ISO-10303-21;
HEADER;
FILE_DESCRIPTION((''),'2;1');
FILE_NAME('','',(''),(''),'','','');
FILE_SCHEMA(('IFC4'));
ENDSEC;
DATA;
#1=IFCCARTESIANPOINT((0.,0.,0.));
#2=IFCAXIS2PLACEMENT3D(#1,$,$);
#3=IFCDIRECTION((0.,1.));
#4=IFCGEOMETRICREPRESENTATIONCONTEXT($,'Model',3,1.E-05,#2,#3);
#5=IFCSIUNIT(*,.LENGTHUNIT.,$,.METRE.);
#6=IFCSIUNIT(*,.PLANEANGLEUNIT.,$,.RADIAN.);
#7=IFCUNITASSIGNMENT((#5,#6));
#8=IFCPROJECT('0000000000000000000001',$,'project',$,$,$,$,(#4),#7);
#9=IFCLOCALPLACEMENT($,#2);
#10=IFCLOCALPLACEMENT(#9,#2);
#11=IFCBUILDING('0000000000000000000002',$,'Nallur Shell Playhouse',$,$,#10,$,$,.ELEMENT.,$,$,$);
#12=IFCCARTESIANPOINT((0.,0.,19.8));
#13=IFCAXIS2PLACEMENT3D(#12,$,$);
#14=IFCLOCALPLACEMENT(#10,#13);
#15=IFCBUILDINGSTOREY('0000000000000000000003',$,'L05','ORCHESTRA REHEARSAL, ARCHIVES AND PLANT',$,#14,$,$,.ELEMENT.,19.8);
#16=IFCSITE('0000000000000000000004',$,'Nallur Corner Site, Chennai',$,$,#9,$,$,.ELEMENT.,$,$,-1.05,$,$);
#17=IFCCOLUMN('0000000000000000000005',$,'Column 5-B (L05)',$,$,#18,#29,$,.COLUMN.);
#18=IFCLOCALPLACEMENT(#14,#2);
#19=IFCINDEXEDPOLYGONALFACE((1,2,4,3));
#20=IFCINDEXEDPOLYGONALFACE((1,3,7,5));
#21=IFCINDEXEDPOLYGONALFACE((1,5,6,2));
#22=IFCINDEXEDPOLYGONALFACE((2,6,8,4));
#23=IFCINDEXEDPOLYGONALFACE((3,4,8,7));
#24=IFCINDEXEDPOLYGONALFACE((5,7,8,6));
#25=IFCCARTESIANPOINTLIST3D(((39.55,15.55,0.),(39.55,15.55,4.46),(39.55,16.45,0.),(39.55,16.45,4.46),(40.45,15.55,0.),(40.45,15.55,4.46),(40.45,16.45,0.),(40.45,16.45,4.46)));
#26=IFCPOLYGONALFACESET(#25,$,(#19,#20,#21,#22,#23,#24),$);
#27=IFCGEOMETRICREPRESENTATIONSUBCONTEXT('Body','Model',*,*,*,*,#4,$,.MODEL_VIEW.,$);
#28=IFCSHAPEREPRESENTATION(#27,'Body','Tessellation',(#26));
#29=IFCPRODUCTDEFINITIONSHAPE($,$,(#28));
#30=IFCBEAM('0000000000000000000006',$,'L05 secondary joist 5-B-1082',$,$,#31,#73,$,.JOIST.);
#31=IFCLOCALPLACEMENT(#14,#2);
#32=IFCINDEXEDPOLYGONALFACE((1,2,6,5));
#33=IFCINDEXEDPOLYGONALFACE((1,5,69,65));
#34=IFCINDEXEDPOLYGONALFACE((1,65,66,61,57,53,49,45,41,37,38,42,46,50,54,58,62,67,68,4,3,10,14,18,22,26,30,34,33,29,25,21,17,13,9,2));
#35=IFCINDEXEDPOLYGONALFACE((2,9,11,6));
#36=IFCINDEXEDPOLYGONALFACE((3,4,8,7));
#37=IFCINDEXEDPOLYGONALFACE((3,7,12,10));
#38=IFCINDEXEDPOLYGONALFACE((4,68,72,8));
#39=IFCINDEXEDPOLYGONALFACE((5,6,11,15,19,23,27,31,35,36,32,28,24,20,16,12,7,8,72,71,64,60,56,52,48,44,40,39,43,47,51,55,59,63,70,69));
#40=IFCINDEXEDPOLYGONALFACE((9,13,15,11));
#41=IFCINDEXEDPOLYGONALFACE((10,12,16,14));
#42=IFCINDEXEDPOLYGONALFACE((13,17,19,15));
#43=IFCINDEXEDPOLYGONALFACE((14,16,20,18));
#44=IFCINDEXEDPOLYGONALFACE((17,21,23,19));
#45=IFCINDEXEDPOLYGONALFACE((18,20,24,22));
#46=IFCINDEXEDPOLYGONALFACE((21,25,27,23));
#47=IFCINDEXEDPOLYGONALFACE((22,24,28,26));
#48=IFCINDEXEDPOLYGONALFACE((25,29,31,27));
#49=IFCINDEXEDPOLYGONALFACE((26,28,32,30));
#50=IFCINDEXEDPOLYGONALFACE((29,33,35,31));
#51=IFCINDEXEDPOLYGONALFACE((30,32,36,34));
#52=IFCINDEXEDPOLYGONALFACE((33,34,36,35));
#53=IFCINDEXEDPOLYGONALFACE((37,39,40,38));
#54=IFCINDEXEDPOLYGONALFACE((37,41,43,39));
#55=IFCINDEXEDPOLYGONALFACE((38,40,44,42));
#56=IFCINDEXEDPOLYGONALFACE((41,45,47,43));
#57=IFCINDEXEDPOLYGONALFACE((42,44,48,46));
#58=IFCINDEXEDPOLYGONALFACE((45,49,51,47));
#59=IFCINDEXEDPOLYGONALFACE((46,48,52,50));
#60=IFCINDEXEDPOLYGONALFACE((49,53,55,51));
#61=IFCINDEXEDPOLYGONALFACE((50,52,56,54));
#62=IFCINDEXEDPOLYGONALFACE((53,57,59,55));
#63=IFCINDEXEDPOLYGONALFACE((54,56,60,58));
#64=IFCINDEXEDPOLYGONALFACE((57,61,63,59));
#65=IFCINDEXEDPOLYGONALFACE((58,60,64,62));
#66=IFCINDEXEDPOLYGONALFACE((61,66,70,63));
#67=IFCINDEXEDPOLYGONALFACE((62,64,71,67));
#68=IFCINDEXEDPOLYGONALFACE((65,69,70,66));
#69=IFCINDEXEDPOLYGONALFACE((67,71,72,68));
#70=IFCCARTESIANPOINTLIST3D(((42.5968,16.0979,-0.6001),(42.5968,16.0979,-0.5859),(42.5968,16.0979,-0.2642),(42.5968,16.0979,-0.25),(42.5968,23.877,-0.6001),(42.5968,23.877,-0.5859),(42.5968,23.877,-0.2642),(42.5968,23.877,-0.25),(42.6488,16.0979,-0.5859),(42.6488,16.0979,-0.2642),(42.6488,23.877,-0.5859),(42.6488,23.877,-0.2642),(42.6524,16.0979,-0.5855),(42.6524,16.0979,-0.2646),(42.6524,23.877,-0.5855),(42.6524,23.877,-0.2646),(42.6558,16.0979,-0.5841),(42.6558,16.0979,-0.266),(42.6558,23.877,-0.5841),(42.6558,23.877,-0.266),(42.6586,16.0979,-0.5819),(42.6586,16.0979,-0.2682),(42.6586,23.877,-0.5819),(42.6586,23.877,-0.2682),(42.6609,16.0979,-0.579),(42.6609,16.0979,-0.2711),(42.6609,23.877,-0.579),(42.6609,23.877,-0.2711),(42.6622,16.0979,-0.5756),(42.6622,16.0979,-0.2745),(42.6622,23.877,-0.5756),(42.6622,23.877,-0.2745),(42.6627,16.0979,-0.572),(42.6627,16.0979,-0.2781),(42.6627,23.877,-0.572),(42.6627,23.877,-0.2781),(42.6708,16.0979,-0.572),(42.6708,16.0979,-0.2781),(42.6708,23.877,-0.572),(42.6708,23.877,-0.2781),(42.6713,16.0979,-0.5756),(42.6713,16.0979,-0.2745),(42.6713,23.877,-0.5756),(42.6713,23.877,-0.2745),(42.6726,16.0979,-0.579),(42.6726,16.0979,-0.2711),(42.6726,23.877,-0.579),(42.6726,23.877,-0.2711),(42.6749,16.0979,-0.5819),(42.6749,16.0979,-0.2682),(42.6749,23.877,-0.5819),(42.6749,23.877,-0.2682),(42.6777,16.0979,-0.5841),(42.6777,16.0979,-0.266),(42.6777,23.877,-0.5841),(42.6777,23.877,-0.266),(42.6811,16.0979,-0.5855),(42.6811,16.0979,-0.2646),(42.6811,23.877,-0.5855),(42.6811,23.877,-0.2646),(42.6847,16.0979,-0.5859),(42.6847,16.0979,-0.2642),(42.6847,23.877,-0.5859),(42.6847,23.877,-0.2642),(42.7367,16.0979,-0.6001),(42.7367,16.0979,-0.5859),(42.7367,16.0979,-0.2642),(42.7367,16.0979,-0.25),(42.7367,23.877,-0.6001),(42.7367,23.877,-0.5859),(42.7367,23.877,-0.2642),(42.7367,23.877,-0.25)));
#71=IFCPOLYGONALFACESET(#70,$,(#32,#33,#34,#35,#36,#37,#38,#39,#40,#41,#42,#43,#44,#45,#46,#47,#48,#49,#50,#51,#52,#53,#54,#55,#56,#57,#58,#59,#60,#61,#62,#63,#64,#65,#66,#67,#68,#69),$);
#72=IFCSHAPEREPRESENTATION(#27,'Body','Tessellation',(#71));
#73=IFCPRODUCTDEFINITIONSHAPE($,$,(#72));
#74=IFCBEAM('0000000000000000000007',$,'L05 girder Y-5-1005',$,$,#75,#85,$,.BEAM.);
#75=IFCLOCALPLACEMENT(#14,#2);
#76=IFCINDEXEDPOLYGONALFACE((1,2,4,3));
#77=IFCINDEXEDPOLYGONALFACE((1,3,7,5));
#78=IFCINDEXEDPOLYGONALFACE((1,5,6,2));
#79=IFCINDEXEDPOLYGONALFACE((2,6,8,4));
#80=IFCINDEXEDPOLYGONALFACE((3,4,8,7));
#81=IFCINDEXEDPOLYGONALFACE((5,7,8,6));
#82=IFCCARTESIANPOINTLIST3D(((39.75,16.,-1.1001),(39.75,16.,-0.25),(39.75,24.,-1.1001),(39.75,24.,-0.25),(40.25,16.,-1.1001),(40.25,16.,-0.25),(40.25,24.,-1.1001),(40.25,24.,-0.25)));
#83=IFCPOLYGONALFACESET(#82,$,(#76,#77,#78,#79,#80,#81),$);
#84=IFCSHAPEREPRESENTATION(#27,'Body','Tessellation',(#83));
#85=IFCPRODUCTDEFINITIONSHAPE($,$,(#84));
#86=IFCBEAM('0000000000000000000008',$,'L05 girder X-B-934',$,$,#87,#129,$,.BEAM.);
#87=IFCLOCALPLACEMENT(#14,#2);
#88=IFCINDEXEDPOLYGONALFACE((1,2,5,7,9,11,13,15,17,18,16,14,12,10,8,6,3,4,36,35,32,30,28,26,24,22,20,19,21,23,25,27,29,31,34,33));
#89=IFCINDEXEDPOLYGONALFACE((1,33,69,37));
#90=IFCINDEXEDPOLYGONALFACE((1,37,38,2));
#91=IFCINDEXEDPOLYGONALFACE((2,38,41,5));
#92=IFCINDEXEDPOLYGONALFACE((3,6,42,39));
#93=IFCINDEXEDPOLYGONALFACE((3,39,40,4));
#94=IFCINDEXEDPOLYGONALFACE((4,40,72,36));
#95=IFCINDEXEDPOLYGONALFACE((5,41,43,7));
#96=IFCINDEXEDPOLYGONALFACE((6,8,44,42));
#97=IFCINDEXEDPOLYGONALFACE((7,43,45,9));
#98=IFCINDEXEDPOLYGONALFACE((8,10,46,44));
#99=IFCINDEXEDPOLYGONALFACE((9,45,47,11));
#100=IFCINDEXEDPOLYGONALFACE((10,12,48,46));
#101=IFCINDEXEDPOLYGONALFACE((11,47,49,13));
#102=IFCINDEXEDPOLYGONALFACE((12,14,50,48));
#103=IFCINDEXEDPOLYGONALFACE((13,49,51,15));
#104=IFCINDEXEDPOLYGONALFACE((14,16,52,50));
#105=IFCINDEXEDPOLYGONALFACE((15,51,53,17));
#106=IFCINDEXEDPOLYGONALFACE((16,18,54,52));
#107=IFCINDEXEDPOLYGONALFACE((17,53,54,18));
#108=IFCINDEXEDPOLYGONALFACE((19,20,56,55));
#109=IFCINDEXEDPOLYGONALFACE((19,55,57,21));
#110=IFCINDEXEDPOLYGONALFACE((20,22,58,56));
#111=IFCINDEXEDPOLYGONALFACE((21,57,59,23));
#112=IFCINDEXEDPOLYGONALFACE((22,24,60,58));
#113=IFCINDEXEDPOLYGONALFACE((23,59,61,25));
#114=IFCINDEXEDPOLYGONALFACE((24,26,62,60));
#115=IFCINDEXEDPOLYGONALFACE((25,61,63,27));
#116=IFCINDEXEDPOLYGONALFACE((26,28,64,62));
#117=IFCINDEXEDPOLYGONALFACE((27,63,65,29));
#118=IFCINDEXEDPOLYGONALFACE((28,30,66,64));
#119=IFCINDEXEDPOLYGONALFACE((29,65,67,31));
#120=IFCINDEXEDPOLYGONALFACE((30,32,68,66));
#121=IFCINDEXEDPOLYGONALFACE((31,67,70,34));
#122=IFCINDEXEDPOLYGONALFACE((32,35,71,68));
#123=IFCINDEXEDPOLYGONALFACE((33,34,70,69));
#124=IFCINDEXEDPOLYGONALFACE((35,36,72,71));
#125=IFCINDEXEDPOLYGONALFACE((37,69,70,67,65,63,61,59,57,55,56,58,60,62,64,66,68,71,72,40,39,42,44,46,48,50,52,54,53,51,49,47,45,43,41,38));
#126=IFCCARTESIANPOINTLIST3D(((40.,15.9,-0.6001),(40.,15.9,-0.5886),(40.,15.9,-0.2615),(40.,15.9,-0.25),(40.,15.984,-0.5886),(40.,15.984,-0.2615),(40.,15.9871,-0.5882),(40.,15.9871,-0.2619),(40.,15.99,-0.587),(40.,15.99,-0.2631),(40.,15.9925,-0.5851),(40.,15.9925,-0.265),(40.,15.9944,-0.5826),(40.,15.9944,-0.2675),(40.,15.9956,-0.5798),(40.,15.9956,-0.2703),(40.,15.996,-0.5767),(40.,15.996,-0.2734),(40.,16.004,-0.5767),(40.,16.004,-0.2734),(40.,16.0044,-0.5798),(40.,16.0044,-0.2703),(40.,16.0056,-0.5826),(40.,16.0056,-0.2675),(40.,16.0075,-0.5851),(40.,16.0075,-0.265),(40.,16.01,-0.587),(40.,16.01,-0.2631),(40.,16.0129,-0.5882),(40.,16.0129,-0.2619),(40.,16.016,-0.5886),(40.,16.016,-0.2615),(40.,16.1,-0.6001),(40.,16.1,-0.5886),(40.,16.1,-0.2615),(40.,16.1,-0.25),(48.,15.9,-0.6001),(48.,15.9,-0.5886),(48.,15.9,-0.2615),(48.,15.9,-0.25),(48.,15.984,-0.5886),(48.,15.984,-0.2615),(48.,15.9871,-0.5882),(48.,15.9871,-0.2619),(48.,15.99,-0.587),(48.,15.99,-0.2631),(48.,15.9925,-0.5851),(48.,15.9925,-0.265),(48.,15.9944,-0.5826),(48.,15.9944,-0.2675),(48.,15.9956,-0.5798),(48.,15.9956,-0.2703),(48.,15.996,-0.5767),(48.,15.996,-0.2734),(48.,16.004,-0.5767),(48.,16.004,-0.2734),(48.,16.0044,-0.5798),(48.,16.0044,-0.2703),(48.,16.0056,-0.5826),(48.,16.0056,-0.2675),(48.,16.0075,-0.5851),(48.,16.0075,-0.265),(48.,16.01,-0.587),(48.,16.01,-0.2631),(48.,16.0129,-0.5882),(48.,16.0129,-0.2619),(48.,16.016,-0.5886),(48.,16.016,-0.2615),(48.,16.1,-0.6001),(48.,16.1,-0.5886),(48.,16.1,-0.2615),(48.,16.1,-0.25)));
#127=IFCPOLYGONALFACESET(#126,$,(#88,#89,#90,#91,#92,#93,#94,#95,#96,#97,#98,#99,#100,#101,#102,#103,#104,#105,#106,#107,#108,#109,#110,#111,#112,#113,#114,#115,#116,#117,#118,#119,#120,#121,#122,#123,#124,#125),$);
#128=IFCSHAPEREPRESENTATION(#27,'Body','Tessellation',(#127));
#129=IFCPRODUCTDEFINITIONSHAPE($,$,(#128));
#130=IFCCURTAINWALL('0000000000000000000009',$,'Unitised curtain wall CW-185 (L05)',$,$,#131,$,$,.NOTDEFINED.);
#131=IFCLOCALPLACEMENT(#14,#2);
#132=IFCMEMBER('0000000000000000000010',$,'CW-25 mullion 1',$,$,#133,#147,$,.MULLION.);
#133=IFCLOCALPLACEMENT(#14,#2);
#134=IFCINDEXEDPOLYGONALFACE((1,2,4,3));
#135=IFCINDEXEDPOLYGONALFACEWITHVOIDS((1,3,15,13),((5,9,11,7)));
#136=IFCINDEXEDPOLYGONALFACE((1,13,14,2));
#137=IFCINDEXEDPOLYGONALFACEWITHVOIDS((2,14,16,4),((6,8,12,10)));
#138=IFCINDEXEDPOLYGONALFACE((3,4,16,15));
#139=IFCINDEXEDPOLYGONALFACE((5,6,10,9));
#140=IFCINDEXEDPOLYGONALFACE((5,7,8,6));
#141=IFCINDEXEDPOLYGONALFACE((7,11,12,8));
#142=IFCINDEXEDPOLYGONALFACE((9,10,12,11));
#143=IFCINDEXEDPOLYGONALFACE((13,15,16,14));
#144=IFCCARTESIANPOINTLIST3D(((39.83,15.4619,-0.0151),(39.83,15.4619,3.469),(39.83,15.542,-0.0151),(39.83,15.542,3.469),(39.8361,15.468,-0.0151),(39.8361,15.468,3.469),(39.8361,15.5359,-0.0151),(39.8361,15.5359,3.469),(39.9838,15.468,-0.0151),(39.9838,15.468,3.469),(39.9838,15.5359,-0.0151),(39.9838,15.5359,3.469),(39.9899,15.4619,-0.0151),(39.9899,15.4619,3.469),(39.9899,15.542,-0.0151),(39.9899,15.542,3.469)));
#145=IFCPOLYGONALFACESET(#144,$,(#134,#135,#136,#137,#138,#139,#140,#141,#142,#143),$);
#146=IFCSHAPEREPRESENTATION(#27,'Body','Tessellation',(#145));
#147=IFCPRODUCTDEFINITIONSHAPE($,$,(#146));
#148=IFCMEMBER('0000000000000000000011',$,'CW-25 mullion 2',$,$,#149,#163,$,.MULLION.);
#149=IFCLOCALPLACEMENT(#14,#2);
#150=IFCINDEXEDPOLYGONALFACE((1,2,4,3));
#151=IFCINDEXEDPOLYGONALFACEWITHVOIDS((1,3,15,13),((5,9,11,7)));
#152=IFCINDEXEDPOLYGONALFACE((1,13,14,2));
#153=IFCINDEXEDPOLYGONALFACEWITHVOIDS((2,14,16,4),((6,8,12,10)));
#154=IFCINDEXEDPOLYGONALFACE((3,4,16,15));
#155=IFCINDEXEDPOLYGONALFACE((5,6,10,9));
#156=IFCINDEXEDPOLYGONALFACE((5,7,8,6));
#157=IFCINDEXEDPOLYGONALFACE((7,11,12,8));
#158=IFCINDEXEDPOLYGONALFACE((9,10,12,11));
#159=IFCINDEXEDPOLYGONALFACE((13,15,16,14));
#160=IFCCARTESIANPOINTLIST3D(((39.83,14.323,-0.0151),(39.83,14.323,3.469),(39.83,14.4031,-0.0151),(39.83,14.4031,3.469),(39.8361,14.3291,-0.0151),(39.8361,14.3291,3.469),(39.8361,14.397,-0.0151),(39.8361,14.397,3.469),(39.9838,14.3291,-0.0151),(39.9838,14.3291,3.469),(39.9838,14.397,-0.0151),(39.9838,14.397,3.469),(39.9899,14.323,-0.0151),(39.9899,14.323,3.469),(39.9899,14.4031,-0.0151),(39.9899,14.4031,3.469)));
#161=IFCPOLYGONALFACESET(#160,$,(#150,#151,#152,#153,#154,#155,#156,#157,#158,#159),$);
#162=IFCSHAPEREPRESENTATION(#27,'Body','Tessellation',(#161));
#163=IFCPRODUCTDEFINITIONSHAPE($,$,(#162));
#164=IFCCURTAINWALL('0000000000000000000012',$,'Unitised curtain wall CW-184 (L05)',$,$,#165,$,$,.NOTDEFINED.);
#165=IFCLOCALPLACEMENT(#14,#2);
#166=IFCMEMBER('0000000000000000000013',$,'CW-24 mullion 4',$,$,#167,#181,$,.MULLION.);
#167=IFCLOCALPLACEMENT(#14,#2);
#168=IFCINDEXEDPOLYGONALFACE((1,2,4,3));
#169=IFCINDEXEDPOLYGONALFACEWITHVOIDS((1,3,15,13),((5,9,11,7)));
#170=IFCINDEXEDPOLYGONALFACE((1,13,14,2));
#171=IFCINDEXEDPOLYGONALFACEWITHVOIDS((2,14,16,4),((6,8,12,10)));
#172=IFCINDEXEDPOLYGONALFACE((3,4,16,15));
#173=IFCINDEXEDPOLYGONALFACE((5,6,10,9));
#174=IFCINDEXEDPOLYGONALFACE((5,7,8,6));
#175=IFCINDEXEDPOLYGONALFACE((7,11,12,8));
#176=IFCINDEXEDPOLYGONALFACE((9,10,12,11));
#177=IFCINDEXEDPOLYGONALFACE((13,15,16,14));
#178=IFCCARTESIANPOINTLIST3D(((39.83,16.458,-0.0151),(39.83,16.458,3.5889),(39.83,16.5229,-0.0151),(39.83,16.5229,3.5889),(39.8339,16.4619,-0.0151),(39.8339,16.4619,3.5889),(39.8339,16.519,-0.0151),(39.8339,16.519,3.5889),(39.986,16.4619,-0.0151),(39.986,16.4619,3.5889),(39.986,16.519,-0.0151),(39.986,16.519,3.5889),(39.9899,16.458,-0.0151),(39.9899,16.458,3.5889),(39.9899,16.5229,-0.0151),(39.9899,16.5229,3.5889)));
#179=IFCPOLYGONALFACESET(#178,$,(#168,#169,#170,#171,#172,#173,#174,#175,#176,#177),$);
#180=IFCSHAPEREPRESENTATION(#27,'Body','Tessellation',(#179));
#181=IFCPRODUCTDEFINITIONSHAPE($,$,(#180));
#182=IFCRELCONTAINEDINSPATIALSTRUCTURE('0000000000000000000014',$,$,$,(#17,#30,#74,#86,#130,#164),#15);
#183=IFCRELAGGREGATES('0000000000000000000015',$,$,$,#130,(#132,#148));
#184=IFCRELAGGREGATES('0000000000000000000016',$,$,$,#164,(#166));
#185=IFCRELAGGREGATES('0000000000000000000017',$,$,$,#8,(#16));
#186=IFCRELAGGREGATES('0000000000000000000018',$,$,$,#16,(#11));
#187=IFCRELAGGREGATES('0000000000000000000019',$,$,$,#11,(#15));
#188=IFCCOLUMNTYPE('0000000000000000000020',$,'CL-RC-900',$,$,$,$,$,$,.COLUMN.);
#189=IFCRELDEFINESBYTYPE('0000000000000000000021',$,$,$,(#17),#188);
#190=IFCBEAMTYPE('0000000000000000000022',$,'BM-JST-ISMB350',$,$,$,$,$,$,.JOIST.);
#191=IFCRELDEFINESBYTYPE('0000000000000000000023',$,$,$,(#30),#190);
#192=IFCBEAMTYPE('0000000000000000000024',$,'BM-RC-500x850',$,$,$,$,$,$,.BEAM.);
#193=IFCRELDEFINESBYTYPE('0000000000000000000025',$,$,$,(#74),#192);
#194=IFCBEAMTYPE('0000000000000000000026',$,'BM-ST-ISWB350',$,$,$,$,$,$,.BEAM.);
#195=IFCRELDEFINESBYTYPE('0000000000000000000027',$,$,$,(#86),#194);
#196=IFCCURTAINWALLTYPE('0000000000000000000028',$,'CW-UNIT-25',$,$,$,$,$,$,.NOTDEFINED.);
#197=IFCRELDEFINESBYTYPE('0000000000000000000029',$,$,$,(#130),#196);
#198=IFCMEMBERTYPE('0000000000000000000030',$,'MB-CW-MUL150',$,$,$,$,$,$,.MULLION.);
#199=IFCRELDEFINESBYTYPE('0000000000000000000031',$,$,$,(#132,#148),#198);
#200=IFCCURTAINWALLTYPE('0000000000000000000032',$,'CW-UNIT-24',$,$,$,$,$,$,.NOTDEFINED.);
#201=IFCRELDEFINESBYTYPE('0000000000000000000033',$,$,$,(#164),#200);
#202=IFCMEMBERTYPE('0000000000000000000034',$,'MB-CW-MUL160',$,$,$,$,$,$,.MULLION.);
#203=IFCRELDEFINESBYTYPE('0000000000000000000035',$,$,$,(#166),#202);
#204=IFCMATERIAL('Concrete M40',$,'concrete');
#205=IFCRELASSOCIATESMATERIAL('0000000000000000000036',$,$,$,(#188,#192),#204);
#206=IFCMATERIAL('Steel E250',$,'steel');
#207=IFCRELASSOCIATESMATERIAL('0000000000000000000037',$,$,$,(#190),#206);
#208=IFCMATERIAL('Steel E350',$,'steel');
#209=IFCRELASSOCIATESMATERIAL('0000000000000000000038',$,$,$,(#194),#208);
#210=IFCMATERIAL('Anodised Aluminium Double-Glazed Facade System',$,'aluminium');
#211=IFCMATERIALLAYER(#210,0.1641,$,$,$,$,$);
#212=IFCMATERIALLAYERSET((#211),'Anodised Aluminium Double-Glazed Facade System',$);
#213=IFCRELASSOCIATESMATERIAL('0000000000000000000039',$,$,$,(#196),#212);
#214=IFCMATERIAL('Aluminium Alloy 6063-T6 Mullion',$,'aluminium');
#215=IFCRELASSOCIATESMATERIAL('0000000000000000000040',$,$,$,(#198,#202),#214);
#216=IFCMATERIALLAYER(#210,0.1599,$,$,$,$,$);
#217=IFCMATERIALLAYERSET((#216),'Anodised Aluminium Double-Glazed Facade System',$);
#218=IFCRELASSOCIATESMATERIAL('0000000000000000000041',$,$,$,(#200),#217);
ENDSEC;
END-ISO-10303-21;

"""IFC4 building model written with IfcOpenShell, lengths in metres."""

from ifc_helpers import new_model, si_unit, direction, frame, origin, origin_2d, place, context, subcontext, project, spatial, rectangle, hollow_rectangle, i_section, extrude, material, layer, layer_set, material_profile, profile_set, type_object, element, aggregate, save


model = new_model("IFC4")

# Units and contexts
model_context = context("Model", 3, precision=1e-05, world=origin(), true_north=direction((0.0, 1.0)))
body_context = subcontext(model_context, "Body", "Model", "MODEL_VIEW")
ifc_project = project(units=[si_unit("LENGTHUNIT", "METRE"), si_unit("PLANEANGLEUNIT", "RADIAN")], contexts=[model_context])

# Site, building, storey
site_placement = place(None, origin())
site = spatial("IfcSite", under=ifc_project, at=site_placement, Name="Nallur Corner Site, Chennai", CompositionType="ELEMENT", RefElevation=-1.05)
building_placement = place(site_placement, origin())
building = spatial("IfcBuilding", under=site, at=building_placement, Name="Nallur Shell Playhouse", CompositionType="ELEMENT")
storey_placement = place(building_placement, frame((0.0, 0.0, 19.8)))
storey = spatial("IfcBuildingStorey", under=building, at=storey_placement, Name="L05", Description="ORCHESTRA REHEARSAL, ARCHIVES AND PLANT", CompositionType="ELEMENT", Elevation=19.8)

# Column
ifc_material_1 = material(Name="Concrete M40", Category="concrete")
ifc_material_profile_1 = material_profile(ifc_material_1, rectangle(XDim=0.8999, YDim=0.8999, at=origin_2d()), Name="RC 900x900")
ifc_profile_set_1 = profile_set([ifc_material_profile_1], Name="Concrete M40")
column_type = type_object("IfcColumnType", Name="CL-RC-900", PredefinedType="COLUMN", material=ifc_profile_set_1)
column_placement = place(storey_placement, frame((40.0, 16.0, 0.0), z_axis=(0.0, 0.0, 1.0), x_axis=(1.0, 0.0, 0.0)))
element("IfcColumn", 1, at=column_placement, inside=storey, type_object=column_type, Name="Column 5-B (L05)", PredefinedType="COLUMN", context=body_context, shape_type="SweptSolid", body=[
    extrude(rectangle(XDim=0.8999, YDim=0.8999, at=origin_2d()), origin(), (0.0, 0.0, 1.0), 4.46),
])

# Beams
ifc_material_2 = material(Name="Steel E250", Category="steel")
ifc_material_profile_2 = material_profile(ifc_material_2, i_section(OverallWidth=0.1399, OverallDepth=0.3501, WebThickness=0.0081, FlangeThickness=0.0142, FilletRadius=0.0139, at=origin_2d()), Name="ISMB 350")
ifc_profile_set_2 = profile_set([ifc_material_profile_2], Name="Steel E250")
beam_type_1 = type_object("IfcBeamType", Name="BM-JST-ISMB350", PredefinedType="JOIST", material=ifc_profile_set_2)
beam_1_placement = place(storey_placement, frame((42.6667, 16.0979, -0.425), z_axis=(0.0, 1.0, 0.0), x_axis=(-1.0, 0.0, 0.0)))
element("IfcBeam", 2, at=beam_1_placement, inside=storey, type_object=beam_type_1, Name="L05 secondary joist 5-B-1082", PredefinedType="JOIST", context=body_context, shape_type="SweptSolid", body=[
    extrude(i_section(OverallWidth=0.1399, OverallDepth=0.3501, WebThickness=0.0081, FlangeThickness=0.0142, FilletRadius=0.0139, at=origin_2d()), origin(), (0.0, 0.0, 1.0), 7.7791),
])
ifc_material_profile_3 = material_profile(ifc_material_1, rectangle(XDim=0.5, YDim=0.8501, at=origin_2d()), Name="RC 500x850")
ifc_profile_set_3 = profile_set([ifc_material_profile_3], Name="Concrete M40")
beam_type_2 = type_object("IfcBeamType", Name="BM-RC-500x850", PredefinedType="BEAM", material=ifc_profile_set_3)
beam_2_placement = place(storey_placement, frame((40.0, 16.0, -0.675), z_axis=(0.0, 1.0, 0.0), x_axis=(-1.0, 0.0, 0.0)))
element("IfcBeam", 3, at=beam_2_placement, inside=storey, type_object=beam_type_2, Name="L05 girder Y-5-1005", PredefinedType="BEAM", context=body_context, shape_type="SweptSolid", body=[
    extrude(rectangle(XDim=0.5, YDim=0.8501, at=origin_2d()), origin(), (0.0, 0.0, 1.0), 8.0),
])
ifc_material_3 = material(Name="Steel E350", Category="steel")
ifc_material_profile_4 = material_profile(ifc_material_3, i_section(OverallWidth=0.2, OverallDepth=0.3501, WebThickness=0.0081, FlangeThickness=0.0115, FilletRadius=0.012, at=origin_2d()), Name="ISWB 350")
ifc_profile_set_4 = profile_set([ifc_material_profile_4], Name="Steel E350")
beam_type_3 = type_object("IfcBeamType", Name="BM-ST-ISWB350", PredefinedType="BEAM", material=ifc_profile_set_4)
beam_3_placement = place(storey_placement, frame((40.0, 16.0, -0.425), z_axis=(1.0, 0.0, 0.0), x_axis=(0.0, 1.0, 0.0)))
element("IfcBeam", 4, at=beam_3_placement, inside=storey, type_object=beam_type_3, Name="L05 girder X-B-934", PredefinedType="BEAM", context=body_context, shape_type="SweptSolid", body=[
    extrude(i_section(OverallWidth=0.2, OverallDepth=0.3501, WebThickness=0.0081, FlangeThickness=0.0115, FilletRadius=0.012, at=origin_2d()), origin(), (0.0, 0.0, 1.0), 8.0),
])

# Curtain wall, members
ifc_material_4 = material(Name="Anodised Aluminium Double-Glazed Facade System", Category="aluminium")
ifc_layer_1 = layer(ifc_material_4, 0.1641)
ifc_layer_set_1 = layer_set([ifc_layer_1], Name="Anodised Aluminium Double-Glazed Facade System")
curtain_wall_type_1 = type_object("IfcCurtainWallType", Name="CW-UNIT-25", PredefinedType="NOTDEFINED", material=ifc_layer_set_1)
curtain_wall_1_placement = place(storey_placement, origin())
curtain_wall_1 = element("IfcCurtainWall", 5, at=curtain_wall_1_placement, inside=storey, type_object=curtain_wall_type_1, Name="Unitised curtain wall CW-185 (L05)", PredefinedType="NOTDEFINED")
ifc_material_5 = material(Name="Aluminium Alloy 6063-T6 Mullion", Category="aluminium")
ifc_material_profile_5 = material_profile(ifc_material_5, hollow_rectangle(XDim=0.0801, YDim=0.1599, WallThickness=0.0061, at=origin_2d()), Name="RHS 160x80x6")
ifc_profile_set_5 = profile_set([ifc_material_profile_5], Name="Aluminium Alloy 6063-T6 Mullion")
member_type_1 = type_object("IfcMemberType", Name="MB-CW-MUL150", PredefinedType="MULLION", material=ifc_profile_set_5)
member_1_placement = place(storey_placement, frame((39.9099, 15.502, -0.0151), z_axis=(0.0, 0.0, 1.0), x_axis=(0.0, -1.0, 0.0)))
member_1 = element("IfcMember", 6, at=member_1_placement, type_object=member_type_1, Name="CW-25 mullion 1", PredefinedType="MULLION", context=body_context, shape_type="SweptSolid", body=[
    extrude(hollow_rectangle(XDim=0.0801, YDim=0.1599, WallThickness=0.0061, at=origin_2d()), origin(), (0.0, 0.0, 1.0), 3.4841),
])
member_2_placement = place(storey_placement, frame((39.9099, 14.363, -0.0151), z_axis=(0.0, 0.0, 1.0), x_axis=(0.0, -1.0, 0.0)))
member_2 = element("IfcMember", 7, at=member_2_placement, type_object=member_type_1, Name="CW-25 mullion 2", PredefinedType="MULLION", context=body_context, shape_type="SweptSolid", body=[
    extrude(hollow_rectangle(XDim=0.0801, YDim=0.1599, WallThickness=0.0061, at=origin_2d()), origin(), (0.0, 0.0, 1.0), 3.4841),
])

# Curtain wall, member
ifc_layer_2 = layer(ifc_material_4, 0.1599)
ifc_layer_set_2 = layer_set([ifc_layer_2], Name="Anodised Aluminium Double-Glazed Facade System")
curtain_wall_type_2 = type_object("IfcCurtainWallType", Name="CW-UNIT-24", PredefinedType="NOTDEFINED", material=ifc_layer_set_2)
curtain_wall_2_placement = place(storey_placement, origin())
curtain_wall_2 = element("IfcCurtainWall", 8, at=curtain_wall_2_placement, inside=storey, type_object=curtain_wall_type_2, Name="Unitised curtain wall CW-184 (L05)", PredefinedType="NOTDEFINED")
ifc_material_profile_6 = material_profile(ifc_material_5, hollow_rectangle(XDim=0.0649, YDim=0.1599, WallThickness=0.0039, at=origin_2d()), Name="ALU 65x160x4")
ifc_profile_set_6 = profile_set([ifc_material_profile_6], Name="Aluminium Alloy 6063-T6 Mullion")
member_type_2 = type_object("IfcMemberType", Name="MB-CW-MUL160", PredefinedType="MULLION", material=ifc_profile_set_6)
member_3_placement = place(storey_placement, frame((39.9099, 16.4905, -0.0151), z_axis=(0.0, 0.0, 1.0), x_axis=(0.0, -1.0, 0.0)))
member_3 = element("IfcMember", 9, at=member_3_placement, type_object=member_type_2, Name="CW-24 mullion 4", PredefinedType="MULLION", context=body_context, shape_type="SweptSolid", body=[
    extrude(hollow_rectangle(XDim=0.0649, YDim=0.1599, WallThickness=0.0039, at=origin_2d()), origin(), (0.0, 0.0, 1.0), 3.604),
])

aggregate(curtain_wall_1, [member_1, member_2])
aggregate(curtain_wall_2, [member_3])

save(model, "model.ifc")
